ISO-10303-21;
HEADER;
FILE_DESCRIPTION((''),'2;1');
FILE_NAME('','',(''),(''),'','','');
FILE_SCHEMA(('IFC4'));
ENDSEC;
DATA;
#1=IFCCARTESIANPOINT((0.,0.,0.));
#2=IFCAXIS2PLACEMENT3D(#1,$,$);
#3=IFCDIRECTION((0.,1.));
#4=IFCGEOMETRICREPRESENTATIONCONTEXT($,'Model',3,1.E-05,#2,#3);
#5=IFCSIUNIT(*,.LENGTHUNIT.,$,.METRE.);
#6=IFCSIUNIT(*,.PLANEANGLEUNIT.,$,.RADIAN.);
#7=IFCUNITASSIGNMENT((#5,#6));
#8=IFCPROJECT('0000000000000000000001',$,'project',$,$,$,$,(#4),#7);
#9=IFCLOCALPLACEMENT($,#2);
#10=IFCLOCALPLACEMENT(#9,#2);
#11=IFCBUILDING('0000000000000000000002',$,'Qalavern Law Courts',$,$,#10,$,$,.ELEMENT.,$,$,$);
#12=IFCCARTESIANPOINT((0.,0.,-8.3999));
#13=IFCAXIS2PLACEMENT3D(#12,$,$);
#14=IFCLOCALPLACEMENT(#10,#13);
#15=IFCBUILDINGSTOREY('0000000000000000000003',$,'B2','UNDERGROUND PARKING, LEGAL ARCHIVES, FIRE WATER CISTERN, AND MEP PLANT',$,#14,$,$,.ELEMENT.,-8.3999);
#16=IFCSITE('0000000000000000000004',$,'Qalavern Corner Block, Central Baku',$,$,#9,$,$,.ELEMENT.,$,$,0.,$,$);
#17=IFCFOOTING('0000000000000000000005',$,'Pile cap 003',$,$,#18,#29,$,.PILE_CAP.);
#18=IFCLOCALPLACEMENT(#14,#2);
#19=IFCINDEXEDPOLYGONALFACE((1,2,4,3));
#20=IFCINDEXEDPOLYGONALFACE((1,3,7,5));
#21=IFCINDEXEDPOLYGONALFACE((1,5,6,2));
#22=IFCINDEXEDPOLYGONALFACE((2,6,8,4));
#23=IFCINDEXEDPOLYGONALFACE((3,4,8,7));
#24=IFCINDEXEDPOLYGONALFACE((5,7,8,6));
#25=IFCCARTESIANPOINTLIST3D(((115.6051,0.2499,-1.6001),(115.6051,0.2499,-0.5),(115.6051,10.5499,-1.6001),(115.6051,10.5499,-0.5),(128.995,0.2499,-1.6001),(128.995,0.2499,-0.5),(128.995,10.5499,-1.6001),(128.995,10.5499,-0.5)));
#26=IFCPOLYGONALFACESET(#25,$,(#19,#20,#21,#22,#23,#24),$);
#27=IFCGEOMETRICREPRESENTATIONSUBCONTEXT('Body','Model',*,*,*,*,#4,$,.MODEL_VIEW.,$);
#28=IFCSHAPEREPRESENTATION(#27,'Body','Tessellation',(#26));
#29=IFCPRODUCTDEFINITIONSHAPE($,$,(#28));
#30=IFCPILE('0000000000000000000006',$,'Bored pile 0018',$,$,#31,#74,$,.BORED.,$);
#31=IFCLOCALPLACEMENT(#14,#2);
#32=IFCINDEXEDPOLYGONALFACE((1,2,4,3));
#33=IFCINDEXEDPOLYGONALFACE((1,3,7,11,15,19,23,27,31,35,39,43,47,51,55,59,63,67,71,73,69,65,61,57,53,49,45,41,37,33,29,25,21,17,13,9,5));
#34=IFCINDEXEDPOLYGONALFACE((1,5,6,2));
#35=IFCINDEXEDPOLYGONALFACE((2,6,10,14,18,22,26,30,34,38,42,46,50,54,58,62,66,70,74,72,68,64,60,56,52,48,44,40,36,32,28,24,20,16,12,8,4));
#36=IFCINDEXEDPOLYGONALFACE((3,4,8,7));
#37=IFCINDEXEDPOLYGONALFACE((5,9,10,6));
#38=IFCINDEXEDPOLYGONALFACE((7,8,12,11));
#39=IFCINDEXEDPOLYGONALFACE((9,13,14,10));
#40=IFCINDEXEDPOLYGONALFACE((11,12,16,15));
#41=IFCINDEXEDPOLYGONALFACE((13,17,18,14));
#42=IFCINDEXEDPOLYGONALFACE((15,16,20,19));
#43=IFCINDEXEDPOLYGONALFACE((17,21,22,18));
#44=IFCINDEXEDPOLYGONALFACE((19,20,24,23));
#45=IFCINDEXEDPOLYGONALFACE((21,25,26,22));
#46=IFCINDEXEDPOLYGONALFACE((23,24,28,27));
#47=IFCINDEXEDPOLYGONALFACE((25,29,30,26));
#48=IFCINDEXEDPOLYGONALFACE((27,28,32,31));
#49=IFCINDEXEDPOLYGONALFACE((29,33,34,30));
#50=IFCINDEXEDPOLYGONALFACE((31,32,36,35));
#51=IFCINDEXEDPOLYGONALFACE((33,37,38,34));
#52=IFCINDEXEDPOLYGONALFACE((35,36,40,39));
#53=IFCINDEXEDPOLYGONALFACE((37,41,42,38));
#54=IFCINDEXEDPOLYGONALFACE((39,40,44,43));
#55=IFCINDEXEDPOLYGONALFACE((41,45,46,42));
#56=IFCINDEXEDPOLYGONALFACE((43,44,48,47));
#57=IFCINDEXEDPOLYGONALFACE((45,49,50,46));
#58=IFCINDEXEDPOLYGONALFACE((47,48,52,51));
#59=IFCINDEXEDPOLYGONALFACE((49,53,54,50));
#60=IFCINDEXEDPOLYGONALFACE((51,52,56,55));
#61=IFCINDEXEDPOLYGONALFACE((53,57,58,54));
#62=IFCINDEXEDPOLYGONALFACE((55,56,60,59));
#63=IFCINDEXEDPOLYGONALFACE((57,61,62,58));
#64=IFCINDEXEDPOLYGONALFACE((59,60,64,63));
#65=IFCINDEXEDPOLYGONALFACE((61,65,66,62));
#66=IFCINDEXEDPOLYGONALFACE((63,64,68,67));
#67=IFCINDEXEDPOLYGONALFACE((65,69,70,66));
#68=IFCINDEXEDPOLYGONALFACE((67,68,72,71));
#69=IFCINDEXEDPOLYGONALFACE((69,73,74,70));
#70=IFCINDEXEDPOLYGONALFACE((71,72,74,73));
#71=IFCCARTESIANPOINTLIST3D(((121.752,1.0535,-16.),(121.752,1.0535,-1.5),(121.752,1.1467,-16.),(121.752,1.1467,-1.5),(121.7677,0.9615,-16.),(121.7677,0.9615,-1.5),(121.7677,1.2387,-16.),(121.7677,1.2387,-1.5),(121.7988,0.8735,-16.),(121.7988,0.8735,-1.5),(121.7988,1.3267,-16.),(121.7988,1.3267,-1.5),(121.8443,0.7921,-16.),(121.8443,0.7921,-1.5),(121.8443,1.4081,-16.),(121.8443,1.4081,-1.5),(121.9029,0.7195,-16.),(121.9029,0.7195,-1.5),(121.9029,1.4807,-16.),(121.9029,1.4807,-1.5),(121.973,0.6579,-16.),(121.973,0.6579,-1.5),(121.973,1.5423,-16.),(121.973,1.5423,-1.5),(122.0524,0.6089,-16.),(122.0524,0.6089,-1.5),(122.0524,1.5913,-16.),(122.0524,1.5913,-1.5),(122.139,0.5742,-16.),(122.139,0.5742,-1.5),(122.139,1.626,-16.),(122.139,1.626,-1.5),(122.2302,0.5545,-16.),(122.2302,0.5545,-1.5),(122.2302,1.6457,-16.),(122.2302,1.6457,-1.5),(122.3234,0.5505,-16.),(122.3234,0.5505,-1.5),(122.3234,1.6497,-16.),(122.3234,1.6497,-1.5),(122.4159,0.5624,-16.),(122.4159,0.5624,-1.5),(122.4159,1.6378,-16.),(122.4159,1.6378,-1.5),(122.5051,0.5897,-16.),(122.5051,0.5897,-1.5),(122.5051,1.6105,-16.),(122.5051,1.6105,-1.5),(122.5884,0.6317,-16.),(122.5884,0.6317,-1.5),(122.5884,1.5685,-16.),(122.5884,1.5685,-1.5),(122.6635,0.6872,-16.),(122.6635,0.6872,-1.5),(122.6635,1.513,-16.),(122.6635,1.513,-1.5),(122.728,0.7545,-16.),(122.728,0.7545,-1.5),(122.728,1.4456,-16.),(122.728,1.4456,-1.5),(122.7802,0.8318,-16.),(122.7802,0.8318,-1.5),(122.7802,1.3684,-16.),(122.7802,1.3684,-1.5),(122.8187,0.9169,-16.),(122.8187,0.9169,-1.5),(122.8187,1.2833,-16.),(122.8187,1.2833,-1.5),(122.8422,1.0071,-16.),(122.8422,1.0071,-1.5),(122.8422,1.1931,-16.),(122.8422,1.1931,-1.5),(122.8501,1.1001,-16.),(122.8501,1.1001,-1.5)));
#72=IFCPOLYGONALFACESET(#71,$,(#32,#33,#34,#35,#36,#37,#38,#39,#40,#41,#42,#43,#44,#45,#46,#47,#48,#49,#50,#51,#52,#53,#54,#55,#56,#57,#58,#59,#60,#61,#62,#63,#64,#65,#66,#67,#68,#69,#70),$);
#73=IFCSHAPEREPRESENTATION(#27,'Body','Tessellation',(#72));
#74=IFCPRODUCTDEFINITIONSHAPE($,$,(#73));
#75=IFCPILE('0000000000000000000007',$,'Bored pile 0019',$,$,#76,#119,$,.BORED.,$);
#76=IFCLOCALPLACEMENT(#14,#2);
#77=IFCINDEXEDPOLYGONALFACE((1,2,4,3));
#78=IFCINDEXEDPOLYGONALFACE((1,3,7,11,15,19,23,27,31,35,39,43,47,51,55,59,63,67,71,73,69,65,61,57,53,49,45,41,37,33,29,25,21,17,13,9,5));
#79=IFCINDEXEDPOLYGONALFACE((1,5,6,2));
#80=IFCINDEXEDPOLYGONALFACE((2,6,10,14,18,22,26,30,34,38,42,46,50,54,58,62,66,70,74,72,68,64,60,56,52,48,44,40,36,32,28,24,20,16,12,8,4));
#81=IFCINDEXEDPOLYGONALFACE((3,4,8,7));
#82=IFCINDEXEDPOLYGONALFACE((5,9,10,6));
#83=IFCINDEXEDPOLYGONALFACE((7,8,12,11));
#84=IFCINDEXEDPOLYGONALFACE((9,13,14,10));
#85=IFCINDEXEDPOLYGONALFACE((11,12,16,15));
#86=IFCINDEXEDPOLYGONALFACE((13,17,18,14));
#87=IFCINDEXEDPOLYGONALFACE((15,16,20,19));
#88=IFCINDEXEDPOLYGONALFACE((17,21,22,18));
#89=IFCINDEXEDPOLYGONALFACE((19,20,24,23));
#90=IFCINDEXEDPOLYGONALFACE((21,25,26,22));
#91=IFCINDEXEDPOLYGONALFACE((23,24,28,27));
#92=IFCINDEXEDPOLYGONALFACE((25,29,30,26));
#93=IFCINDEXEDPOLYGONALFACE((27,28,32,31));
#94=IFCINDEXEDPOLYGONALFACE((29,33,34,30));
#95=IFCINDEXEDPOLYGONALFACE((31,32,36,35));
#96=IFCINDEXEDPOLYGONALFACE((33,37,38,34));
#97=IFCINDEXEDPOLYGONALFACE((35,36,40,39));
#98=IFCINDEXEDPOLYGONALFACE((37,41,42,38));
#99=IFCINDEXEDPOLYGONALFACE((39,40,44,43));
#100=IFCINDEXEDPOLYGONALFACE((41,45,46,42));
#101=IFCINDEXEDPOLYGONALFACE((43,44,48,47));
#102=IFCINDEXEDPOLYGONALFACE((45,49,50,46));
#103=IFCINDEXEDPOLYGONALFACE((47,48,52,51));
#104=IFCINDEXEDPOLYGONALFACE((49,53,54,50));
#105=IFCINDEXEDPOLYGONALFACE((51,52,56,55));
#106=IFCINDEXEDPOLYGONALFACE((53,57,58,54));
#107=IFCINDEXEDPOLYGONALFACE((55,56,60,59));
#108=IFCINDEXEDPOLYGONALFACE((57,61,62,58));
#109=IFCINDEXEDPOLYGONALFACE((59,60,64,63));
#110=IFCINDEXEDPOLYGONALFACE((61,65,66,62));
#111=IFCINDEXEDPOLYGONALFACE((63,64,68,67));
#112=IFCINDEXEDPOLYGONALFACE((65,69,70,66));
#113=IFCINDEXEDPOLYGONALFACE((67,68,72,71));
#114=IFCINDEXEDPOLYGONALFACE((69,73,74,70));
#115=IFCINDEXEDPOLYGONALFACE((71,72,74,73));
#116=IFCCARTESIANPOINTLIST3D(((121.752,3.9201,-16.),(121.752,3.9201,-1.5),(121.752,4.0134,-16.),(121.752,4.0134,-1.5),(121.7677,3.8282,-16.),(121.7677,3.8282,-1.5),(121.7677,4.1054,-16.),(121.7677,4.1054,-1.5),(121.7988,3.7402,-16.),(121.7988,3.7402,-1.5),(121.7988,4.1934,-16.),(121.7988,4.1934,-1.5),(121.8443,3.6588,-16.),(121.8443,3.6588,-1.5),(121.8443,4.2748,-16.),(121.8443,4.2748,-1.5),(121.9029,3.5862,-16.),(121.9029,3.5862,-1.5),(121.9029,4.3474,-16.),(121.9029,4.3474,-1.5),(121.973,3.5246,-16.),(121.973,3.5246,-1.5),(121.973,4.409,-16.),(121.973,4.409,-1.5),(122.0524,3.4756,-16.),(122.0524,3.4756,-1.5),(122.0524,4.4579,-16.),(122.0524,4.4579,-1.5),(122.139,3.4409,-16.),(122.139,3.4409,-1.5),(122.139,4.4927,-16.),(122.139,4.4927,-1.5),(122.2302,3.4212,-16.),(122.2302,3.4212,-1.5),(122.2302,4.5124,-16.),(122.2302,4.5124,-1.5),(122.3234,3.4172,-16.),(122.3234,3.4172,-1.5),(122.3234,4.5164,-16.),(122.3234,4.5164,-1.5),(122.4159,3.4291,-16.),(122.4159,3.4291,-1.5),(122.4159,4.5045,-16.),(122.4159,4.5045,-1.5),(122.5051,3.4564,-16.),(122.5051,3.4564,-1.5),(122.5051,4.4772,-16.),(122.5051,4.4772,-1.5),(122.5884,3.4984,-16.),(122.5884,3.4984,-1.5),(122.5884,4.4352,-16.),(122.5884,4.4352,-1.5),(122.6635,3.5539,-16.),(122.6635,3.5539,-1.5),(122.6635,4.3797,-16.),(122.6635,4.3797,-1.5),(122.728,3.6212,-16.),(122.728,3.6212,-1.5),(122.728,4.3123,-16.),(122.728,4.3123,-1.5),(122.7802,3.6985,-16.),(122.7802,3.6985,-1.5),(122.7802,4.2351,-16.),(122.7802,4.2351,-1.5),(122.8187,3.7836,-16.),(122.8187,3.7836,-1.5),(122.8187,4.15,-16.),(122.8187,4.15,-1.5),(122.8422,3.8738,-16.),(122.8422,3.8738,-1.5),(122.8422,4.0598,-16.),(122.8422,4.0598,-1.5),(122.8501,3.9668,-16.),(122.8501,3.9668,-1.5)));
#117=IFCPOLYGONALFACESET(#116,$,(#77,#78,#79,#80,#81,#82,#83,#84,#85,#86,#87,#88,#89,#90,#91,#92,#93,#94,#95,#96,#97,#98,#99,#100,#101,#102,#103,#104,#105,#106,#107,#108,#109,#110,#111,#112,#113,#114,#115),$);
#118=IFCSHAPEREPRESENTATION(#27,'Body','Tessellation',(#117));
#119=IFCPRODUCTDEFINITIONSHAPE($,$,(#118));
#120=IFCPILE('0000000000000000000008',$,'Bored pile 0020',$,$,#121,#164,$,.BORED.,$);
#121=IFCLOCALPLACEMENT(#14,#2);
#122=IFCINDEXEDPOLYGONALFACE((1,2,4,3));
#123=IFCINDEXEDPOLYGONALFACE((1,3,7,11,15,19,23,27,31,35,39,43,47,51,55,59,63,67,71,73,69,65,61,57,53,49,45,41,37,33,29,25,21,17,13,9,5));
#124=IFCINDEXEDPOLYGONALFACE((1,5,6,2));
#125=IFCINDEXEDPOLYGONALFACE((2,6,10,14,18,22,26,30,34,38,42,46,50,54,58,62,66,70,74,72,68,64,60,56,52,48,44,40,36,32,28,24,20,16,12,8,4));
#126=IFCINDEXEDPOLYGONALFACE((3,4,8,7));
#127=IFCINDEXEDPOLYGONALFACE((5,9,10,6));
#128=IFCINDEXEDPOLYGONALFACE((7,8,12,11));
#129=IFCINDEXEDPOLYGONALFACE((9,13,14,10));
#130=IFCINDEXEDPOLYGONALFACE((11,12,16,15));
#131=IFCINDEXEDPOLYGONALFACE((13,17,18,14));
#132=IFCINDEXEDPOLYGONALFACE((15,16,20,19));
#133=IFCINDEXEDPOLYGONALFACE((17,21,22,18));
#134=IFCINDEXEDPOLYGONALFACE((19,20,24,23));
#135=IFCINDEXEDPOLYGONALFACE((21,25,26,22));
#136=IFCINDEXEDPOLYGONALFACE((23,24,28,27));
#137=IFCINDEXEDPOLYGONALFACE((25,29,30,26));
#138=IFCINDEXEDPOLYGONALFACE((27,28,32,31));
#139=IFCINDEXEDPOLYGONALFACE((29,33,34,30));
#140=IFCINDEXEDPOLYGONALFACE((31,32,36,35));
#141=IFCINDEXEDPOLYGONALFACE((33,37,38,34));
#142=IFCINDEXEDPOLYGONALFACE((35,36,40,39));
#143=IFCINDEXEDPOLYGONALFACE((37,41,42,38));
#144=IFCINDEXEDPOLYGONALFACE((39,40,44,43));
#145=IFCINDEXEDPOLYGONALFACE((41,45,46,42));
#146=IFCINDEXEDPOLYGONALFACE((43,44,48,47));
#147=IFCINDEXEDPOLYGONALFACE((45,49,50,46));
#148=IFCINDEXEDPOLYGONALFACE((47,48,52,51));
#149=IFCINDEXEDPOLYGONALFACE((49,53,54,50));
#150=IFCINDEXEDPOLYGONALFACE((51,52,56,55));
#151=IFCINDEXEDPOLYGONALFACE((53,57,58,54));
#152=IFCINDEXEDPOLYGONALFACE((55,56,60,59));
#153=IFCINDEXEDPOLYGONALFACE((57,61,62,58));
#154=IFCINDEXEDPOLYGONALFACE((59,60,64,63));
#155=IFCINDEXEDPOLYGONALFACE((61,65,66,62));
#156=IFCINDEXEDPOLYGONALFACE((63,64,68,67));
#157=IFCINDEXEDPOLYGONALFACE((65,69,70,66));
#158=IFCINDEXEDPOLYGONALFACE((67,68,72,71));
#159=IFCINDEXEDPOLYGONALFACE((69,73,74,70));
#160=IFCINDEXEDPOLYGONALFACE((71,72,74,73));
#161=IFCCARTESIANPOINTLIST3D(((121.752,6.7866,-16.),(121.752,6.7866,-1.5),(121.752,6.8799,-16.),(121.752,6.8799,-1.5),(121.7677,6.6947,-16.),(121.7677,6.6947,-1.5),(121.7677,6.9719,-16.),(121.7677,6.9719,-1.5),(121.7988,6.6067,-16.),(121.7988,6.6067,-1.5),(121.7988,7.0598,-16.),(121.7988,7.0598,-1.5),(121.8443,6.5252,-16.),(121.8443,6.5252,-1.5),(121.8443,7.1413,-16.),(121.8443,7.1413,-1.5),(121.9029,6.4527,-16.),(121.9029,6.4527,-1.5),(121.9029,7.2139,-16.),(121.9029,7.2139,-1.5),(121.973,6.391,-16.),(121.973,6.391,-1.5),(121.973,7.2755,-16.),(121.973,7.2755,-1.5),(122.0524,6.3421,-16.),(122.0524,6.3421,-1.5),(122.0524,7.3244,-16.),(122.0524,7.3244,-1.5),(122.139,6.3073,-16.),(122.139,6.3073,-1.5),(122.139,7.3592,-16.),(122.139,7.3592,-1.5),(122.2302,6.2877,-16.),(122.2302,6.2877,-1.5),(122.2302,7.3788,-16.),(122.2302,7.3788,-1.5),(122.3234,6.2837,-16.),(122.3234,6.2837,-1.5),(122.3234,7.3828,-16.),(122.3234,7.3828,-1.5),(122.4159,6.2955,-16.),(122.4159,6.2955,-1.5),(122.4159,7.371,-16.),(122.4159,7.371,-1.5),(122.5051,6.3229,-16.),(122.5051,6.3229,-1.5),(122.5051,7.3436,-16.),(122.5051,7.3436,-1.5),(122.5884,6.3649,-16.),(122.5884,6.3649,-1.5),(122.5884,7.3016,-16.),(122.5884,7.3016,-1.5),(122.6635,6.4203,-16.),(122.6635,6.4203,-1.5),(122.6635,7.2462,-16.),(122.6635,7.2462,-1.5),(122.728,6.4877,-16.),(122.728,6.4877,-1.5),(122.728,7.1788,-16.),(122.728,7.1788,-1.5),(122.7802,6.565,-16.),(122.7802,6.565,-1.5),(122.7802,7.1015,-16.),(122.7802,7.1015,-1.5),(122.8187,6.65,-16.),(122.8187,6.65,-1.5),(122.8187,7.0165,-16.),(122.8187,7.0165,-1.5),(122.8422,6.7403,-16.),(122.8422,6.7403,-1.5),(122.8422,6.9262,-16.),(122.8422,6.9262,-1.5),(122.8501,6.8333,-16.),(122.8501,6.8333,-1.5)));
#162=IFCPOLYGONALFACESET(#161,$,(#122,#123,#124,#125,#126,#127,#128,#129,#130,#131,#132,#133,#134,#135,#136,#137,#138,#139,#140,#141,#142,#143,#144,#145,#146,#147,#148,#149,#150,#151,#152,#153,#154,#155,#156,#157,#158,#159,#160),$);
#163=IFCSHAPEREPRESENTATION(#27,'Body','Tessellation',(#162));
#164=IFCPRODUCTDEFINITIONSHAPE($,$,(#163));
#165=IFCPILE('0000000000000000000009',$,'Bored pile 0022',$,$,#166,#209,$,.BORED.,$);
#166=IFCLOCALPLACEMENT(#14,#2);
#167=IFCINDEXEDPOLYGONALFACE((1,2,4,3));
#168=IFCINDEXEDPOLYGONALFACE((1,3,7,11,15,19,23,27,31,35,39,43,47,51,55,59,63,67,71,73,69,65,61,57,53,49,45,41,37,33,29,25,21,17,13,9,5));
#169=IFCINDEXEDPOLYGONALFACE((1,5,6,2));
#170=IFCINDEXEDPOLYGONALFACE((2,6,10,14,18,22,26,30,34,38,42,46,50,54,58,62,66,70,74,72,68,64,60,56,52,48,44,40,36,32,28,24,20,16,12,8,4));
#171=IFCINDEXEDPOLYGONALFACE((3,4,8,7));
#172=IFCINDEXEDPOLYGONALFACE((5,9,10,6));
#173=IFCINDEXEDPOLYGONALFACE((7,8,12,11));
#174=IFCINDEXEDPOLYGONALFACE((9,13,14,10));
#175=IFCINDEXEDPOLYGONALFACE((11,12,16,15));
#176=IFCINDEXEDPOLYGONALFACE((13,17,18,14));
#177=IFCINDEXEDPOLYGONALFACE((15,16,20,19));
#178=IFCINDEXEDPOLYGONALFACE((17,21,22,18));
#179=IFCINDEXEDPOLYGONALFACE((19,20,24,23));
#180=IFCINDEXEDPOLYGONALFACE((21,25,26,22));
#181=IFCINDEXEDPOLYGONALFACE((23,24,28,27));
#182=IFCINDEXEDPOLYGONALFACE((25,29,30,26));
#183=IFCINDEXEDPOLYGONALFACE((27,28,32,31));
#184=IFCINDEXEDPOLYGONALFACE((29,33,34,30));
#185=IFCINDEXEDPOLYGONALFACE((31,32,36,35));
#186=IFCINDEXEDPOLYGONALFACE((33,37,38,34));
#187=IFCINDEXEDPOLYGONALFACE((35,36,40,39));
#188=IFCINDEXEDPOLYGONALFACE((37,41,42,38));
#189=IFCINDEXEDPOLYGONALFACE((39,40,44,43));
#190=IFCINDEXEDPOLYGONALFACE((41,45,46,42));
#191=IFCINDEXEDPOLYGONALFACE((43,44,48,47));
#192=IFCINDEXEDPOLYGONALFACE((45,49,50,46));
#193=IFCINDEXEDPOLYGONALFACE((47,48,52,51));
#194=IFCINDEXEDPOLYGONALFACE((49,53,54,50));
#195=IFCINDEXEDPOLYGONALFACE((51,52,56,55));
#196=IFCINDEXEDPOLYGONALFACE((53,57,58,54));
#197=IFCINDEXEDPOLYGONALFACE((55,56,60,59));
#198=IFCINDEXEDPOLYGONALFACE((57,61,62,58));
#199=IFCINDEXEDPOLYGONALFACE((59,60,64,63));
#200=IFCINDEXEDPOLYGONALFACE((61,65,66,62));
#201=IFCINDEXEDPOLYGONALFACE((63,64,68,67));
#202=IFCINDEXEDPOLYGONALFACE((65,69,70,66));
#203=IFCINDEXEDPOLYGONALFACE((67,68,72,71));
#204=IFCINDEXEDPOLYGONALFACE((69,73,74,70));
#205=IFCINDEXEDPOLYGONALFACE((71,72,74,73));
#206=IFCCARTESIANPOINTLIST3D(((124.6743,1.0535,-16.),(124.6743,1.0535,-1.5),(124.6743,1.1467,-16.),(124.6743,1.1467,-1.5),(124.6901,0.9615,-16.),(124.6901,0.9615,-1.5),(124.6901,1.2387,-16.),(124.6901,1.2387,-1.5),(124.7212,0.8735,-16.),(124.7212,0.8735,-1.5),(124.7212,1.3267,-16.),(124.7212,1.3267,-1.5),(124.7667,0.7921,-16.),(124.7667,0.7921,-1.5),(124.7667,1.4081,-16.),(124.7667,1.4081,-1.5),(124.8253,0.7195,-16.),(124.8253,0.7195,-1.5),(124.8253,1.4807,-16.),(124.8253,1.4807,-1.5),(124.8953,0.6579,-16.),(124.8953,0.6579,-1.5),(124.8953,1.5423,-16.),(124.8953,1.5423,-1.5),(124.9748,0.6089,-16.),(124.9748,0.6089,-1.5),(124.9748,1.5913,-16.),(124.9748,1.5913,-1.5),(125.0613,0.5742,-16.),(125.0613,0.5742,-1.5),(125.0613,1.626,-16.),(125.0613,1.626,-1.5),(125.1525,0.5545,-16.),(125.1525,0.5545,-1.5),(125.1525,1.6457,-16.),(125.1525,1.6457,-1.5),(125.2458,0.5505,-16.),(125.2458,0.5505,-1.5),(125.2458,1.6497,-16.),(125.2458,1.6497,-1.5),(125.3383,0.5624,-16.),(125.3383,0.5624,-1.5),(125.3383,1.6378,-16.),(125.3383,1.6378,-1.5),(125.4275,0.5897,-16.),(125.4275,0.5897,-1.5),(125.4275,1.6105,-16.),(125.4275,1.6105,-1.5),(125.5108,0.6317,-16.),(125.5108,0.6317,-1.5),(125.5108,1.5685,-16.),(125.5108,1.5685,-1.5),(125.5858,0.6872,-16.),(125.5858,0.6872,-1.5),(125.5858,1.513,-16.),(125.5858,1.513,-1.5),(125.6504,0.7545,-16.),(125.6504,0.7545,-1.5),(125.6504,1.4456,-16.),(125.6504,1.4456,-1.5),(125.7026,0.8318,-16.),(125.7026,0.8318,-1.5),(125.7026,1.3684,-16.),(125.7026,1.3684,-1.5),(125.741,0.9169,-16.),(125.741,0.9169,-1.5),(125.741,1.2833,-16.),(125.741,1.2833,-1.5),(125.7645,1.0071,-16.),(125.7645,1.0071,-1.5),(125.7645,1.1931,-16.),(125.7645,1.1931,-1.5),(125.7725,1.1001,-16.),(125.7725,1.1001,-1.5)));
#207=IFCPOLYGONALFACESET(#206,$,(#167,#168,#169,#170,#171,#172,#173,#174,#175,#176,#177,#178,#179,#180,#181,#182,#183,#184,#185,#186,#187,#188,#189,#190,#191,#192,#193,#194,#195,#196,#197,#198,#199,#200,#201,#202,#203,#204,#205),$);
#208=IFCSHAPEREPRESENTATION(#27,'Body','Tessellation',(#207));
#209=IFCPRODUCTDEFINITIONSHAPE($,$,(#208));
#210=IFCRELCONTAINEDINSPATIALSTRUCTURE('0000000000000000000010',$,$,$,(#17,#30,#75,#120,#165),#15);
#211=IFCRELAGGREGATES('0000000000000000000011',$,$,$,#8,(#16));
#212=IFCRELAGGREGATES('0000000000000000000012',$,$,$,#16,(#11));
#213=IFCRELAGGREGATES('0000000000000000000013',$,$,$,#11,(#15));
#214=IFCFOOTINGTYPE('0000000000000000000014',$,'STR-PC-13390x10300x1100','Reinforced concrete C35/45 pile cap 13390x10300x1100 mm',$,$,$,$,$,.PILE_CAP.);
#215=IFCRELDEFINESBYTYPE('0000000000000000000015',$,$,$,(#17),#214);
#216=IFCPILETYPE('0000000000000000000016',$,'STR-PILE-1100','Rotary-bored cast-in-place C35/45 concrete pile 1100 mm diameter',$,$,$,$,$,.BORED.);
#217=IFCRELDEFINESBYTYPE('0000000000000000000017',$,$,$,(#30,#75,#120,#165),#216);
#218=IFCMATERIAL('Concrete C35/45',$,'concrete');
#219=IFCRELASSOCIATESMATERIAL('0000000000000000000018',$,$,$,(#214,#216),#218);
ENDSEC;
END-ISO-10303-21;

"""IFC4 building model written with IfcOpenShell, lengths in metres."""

from ifc_helpers import new_model, si_unit, direction, frame, origin, origin_2d, place, context, subcontext, project, spatial, rectangle, circle, extrude, material, material_profile, profile_set, type_object, element, save


model = new_model("IFC4")

# Units and contexts
model_context = context("Model", 3, precision=1e-05, world=origin(), true_north=direction((0.0, 1.0)))
body_context = subcontext(model_context, "Body", "Model", "MODEL_VIEW")
ifc_project = project(units=[si_unit("LENGTHUNIT", "METRE"), si_unit("PLANEANGLEUNIT", "RADIAN")], contexts=[model_context])

# Site, building, storey
site_placement = place(None, origin())
site = spatial("IfcSite", under=ifc_project, at=site_placement, Name="Qalavern Corner Block, Central Baku", CompositionType="ELEMENT", RefElevation=0.0)
building_placement = place(site_placement, origin())
building = spatial("IfcBuilding", under=site, at=building_placement, Name="Qalavern Law Courts", CompositionType="ELEMENT")
storey_placement = place(building_placement, frame((0.0, 0.0, -8.3999)))
storey = spatial("IfcBuildingStorey", under=building, at=storey_placement, Name="B2", Description="UNDERGROUND PARKING, LEGAL ARCHIVES, FIRE WATER CISTERN, AND MEP PLANT", CompositionType="ELEMENT", Elevation=-8.3999)

# Footing
ifc_material_1 = material(Name="Concrete C35/45", Category="concrete")
footing_type_1 = type_object("IfcFootingType", Name="STR-PC-13390x10300x1100", Description="Reinforced concrete C35/45 pile cap 13390x10300x1100 mm", PredefinedType="PILE_CAP", material=ifc_material_1)
footing_1_placement = place(storey_placement, frame((122.3, 5.3999, -1.6001), z_axis=(0.0, 0.0, 1.0), x_axis=(1.0, 0.0, 0.0)))
element("IfcFooting", 1, at=footing_1_placement, inside=storey, type_object=footing_type_1, Name="Pile cap 003", PredefinedType="PILE_CAP", context=body_context, shape_type="SweptSolid", body=[
    extrude(rectangle(XDim=13.3899, YDim=10.3, at=origin_2d()), origin(), (0.0, 0.0, 1.0), 1.1001),
])

# Piles
ifc_material_profile_1 = material_profile(ifc_material_1, circle(Radius=0.55, at=origin_2d()), Name="BORED PILE 1100")
ifc_profile_set_1 = profile_set([ifc_material_profile_1], Name="Concrete C35/45")
pile_type = type_object("IfcPileType", Name="STR-PILE-1100", Description="Rotary-bored cast-in-place C35/45 concrete pile 1100 mm diameter", PredefinedType="BORED", material=ifc_profile_set_1)
for number, where, z_axis, x_axis, name in (
    (2, (122.3, 1.1001, -1.5), (0.0, 0.0, -1.0), (1.0, 0.0, 0.0), "Bored pile 0018"),
    (3, (122.3, 3.9668, -1.5), (0.0, 0.0, -1.0), (1.0, 0.0, 0.0), "Bored pile 0019"),
    (4, (122.3, 6.8333, -1.5), (0.0, 0.0, -1.0), (1.0, 0.0, 0.0), "Bored pile 0020"),
    (5, (125.2224, 1.1001, -1.5), (0.0, 0.0, -1.0), (1.0, 0.0, 0.0), "Bored pile 0022"),
):
    element("IfcPile", number, at=place(storey_placement, frame(where, z_axis=z_axis, x_axis=x_axis)), inside=storey, type_object=pile_type, Name=name, PredefinedType="BORED", context=body_context, shape_type="SweptSolid", body=[
        extrude(circle(Radius=0.55, at=origin_2d()), origin(), (0.0, 0.0, 1.0), 14.5),
    ])

save(model, "model.ifc")
